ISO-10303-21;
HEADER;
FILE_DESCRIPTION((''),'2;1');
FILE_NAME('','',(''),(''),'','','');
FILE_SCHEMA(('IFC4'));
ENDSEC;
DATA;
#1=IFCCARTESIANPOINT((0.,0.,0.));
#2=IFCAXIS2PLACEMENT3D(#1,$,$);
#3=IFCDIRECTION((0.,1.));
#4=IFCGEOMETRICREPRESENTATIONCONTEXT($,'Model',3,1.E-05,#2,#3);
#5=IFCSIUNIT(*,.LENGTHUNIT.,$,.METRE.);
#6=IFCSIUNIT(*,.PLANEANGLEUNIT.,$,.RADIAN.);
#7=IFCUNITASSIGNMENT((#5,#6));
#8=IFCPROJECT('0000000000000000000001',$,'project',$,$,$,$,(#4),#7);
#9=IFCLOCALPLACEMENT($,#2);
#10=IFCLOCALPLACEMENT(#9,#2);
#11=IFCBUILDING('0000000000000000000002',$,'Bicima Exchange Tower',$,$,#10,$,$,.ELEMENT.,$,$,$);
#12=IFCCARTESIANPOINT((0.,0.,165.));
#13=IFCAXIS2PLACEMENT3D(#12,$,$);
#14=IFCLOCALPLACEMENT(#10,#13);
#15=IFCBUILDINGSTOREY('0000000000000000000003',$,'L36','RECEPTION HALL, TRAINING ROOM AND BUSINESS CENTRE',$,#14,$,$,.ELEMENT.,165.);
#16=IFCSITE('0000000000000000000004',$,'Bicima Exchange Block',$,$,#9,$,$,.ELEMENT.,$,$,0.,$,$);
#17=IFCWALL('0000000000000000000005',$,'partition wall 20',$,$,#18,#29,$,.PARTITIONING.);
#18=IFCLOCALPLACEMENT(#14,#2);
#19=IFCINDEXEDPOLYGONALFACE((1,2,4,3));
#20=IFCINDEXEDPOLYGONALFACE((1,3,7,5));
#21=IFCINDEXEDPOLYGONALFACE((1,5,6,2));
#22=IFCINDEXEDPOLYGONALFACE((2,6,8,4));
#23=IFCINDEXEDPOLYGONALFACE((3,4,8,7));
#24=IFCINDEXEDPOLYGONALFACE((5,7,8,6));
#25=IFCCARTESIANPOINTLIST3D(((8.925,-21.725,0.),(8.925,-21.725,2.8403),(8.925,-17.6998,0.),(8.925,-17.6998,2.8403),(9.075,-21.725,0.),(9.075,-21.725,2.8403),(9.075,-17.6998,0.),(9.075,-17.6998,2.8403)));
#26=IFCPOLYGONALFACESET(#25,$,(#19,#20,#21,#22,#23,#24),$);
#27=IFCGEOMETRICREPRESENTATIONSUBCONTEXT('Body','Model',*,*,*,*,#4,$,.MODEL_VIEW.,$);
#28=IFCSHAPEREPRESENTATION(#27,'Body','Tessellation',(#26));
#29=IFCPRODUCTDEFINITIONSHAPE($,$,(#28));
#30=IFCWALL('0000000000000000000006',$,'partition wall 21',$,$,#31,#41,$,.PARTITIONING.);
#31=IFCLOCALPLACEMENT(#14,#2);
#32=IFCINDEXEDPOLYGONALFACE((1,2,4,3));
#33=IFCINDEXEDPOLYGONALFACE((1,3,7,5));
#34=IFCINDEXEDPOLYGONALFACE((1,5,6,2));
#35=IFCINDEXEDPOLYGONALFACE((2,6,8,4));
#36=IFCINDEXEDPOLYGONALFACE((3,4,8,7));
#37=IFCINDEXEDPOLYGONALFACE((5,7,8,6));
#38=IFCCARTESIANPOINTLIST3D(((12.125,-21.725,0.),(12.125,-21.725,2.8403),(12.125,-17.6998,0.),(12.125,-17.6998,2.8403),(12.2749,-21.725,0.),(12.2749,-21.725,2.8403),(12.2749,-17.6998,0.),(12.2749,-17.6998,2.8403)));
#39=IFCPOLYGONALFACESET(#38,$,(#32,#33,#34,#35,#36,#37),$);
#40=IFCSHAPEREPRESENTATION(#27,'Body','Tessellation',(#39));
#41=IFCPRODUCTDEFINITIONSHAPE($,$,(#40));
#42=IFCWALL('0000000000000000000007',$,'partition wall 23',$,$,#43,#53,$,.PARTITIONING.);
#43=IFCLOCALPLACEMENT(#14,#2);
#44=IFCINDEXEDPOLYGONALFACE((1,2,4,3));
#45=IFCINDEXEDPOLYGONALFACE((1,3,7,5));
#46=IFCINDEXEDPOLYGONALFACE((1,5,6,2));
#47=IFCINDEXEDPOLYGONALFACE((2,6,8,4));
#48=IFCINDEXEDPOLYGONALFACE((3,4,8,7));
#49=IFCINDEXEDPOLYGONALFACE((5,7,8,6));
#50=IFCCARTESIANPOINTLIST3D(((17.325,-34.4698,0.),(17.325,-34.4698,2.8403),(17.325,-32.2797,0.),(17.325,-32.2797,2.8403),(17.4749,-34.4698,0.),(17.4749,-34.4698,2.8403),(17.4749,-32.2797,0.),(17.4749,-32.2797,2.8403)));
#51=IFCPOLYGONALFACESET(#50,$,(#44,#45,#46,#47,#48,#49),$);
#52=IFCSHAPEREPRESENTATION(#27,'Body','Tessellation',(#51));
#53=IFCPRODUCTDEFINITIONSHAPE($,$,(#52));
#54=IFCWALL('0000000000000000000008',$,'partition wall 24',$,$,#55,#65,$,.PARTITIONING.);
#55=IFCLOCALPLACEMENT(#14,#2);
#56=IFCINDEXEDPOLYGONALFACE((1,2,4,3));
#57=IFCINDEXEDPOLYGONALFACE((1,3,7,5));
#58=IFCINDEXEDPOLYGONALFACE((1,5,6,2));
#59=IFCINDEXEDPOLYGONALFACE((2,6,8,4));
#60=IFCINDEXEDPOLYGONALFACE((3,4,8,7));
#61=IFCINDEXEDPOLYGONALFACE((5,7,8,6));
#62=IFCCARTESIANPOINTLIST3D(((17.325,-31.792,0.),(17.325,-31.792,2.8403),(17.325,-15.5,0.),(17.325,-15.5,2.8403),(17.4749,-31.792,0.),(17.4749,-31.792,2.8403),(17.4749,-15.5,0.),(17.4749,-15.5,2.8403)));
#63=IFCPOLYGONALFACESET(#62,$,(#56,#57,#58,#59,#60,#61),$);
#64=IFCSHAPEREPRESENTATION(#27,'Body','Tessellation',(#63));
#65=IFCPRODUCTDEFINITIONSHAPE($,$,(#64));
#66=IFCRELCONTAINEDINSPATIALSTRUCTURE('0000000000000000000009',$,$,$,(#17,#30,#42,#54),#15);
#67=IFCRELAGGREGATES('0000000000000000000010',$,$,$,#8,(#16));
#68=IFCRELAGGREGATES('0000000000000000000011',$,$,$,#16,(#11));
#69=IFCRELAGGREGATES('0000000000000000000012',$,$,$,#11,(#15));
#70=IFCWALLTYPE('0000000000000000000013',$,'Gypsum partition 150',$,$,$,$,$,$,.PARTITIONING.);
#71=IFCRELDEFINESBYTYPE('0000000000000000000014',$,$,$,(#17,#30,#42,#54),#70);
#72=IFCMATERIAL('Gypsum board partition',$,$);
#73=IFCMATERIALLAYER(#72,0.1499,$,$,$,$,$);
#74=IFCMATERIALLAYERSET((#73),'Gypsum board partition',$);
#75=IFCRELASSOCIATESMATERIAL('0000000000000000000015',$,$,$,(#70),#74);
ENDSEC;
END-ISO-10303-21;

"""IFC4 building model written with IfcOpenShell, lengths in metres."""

from ifc_helpers import new_model, si_unit, direction, frame, frame_2d, origin, place, context, subcontext, project, spatial, rectangle, extrude, material, layer, layer_set, type_object, element, save


model = new_model("IFC4")

# Units and contexts
model_context = context("Model", 3, precision=1e-05, world=origin(), true_north=direction((0.0, 1.0)))
body_context = subcontext(model_context, "Body", "Model", "MODEL_VIEW")
ifc_project = project(units=[si_unit("LENGTHUNIT", "METRE"), si_unit("PLANEANGLEUNIT", "RADIAN")], contexts=[model_context])

# Site, building, storey
site_placement = place(None, origin())
site = spatial("IfcSite", under=ifc_project, at=site_placement, Name="Bicima Exchange Block", CompositionType="ELEMENT", RefElevation=0.0)
building_placement = place(site_placement, origin())
building = spatial("IfcBuilding", under=site, at=building_placement, Name="Bicima Exchange Tower", CompositionType="ELEMENT")
storey_placement = place(building_placement, frame((0.0, 0.0, 165.0)))
storey = spatial("IfcBuildingStorey", under=building, at=storey_placement, Name="L36", Description="RECEPTION HALL, TRAINING ROOM AND BUSINESS CENTRE", CompositionType="ELEMENT", Elevation=165.0)

# Shared definitions
ifc_material_1 = material(Name="Gypsum board partition")

# Walls
ifc_layer_1 = layer(ifc_material_1, 0.1499)
ifc_layer_set_1 = layer_set([ifc_layer_1], Name="Gypsum board partition")
wall_type_1 = type_object("IfcWallType", Name="Gypsum partition 150", PredefinedType="PARTITIONING", material=ifc_layer_set_1)
for number, where, z_axis, x_axis, name in (
    (1, (9.0, -21.7251, 0.0), (0.0, 0.0, 1.0), (0.0, 1.0, 0.0), "partition wall 20"),
    (2, (12.2, -21.7251, 0.0), (0.0, 0.0, 1.0), (0.0, 1.0, 0.0), "partition wall 21"),
):
    element("IfcWall", number, at=place(storey_placement, frame(where, z_axis=z_axis, x_axis=x_axis)), inside=storey, type_object=wall_type_1, Name=name, PredefinedType="PARTITIONING", context=body_context, shape_type="SweptSolid", body=[
        extrude(rectangle(XDim=4.0251, YDim=0.1499, at=frame_2d((2.0127, 0.0))), origin(), (0.0, 0.0, 1.0), 2.8403),
    ])
wall_1_placement = place(storey_placement, frame((17.3999, -34.47, 0.0), z_axis=(0.0, 0.0, 1.0), x_axis=(0.0, 1.0, 0.0)))
element("IfcWall", 3, at=wall_1_placement, inside=storey, type_object=wall_type_1, Name="partition wall 23", PredefinedType="PARTITIONING", context=body_context, shape_type="SweptSolid", body=[
    extrude(rectangle(XDim=2.1902, YDim=0.1499, at=frame_2d((1.0952, 0.0))), origin(), (0.0, 0.0, 1.0), 2.8403),
])
wall_2_placement = place(storey_placement, frame((17.3999, -31.792, 0.0), z_axis=(0.0, 0.0, 1.0), x_axis=(0.0, 1.0, 0.0)))
element("IfcWall", 4, at=wall_2_placement, inside=storey, type_object=wall_type_1, Name="partition wall 24", PredefinedType="PARTITIONING", context=body_context, shape_type="SweptSolid", body=[
    extrude(rectangle(XDim=16.292, YDim=0.1499, at=frame_2d((8.146, 0.0))), origin(), (0.0, 0.0, 1.0), 2.8403),
])

save(model, "model.ifc")
